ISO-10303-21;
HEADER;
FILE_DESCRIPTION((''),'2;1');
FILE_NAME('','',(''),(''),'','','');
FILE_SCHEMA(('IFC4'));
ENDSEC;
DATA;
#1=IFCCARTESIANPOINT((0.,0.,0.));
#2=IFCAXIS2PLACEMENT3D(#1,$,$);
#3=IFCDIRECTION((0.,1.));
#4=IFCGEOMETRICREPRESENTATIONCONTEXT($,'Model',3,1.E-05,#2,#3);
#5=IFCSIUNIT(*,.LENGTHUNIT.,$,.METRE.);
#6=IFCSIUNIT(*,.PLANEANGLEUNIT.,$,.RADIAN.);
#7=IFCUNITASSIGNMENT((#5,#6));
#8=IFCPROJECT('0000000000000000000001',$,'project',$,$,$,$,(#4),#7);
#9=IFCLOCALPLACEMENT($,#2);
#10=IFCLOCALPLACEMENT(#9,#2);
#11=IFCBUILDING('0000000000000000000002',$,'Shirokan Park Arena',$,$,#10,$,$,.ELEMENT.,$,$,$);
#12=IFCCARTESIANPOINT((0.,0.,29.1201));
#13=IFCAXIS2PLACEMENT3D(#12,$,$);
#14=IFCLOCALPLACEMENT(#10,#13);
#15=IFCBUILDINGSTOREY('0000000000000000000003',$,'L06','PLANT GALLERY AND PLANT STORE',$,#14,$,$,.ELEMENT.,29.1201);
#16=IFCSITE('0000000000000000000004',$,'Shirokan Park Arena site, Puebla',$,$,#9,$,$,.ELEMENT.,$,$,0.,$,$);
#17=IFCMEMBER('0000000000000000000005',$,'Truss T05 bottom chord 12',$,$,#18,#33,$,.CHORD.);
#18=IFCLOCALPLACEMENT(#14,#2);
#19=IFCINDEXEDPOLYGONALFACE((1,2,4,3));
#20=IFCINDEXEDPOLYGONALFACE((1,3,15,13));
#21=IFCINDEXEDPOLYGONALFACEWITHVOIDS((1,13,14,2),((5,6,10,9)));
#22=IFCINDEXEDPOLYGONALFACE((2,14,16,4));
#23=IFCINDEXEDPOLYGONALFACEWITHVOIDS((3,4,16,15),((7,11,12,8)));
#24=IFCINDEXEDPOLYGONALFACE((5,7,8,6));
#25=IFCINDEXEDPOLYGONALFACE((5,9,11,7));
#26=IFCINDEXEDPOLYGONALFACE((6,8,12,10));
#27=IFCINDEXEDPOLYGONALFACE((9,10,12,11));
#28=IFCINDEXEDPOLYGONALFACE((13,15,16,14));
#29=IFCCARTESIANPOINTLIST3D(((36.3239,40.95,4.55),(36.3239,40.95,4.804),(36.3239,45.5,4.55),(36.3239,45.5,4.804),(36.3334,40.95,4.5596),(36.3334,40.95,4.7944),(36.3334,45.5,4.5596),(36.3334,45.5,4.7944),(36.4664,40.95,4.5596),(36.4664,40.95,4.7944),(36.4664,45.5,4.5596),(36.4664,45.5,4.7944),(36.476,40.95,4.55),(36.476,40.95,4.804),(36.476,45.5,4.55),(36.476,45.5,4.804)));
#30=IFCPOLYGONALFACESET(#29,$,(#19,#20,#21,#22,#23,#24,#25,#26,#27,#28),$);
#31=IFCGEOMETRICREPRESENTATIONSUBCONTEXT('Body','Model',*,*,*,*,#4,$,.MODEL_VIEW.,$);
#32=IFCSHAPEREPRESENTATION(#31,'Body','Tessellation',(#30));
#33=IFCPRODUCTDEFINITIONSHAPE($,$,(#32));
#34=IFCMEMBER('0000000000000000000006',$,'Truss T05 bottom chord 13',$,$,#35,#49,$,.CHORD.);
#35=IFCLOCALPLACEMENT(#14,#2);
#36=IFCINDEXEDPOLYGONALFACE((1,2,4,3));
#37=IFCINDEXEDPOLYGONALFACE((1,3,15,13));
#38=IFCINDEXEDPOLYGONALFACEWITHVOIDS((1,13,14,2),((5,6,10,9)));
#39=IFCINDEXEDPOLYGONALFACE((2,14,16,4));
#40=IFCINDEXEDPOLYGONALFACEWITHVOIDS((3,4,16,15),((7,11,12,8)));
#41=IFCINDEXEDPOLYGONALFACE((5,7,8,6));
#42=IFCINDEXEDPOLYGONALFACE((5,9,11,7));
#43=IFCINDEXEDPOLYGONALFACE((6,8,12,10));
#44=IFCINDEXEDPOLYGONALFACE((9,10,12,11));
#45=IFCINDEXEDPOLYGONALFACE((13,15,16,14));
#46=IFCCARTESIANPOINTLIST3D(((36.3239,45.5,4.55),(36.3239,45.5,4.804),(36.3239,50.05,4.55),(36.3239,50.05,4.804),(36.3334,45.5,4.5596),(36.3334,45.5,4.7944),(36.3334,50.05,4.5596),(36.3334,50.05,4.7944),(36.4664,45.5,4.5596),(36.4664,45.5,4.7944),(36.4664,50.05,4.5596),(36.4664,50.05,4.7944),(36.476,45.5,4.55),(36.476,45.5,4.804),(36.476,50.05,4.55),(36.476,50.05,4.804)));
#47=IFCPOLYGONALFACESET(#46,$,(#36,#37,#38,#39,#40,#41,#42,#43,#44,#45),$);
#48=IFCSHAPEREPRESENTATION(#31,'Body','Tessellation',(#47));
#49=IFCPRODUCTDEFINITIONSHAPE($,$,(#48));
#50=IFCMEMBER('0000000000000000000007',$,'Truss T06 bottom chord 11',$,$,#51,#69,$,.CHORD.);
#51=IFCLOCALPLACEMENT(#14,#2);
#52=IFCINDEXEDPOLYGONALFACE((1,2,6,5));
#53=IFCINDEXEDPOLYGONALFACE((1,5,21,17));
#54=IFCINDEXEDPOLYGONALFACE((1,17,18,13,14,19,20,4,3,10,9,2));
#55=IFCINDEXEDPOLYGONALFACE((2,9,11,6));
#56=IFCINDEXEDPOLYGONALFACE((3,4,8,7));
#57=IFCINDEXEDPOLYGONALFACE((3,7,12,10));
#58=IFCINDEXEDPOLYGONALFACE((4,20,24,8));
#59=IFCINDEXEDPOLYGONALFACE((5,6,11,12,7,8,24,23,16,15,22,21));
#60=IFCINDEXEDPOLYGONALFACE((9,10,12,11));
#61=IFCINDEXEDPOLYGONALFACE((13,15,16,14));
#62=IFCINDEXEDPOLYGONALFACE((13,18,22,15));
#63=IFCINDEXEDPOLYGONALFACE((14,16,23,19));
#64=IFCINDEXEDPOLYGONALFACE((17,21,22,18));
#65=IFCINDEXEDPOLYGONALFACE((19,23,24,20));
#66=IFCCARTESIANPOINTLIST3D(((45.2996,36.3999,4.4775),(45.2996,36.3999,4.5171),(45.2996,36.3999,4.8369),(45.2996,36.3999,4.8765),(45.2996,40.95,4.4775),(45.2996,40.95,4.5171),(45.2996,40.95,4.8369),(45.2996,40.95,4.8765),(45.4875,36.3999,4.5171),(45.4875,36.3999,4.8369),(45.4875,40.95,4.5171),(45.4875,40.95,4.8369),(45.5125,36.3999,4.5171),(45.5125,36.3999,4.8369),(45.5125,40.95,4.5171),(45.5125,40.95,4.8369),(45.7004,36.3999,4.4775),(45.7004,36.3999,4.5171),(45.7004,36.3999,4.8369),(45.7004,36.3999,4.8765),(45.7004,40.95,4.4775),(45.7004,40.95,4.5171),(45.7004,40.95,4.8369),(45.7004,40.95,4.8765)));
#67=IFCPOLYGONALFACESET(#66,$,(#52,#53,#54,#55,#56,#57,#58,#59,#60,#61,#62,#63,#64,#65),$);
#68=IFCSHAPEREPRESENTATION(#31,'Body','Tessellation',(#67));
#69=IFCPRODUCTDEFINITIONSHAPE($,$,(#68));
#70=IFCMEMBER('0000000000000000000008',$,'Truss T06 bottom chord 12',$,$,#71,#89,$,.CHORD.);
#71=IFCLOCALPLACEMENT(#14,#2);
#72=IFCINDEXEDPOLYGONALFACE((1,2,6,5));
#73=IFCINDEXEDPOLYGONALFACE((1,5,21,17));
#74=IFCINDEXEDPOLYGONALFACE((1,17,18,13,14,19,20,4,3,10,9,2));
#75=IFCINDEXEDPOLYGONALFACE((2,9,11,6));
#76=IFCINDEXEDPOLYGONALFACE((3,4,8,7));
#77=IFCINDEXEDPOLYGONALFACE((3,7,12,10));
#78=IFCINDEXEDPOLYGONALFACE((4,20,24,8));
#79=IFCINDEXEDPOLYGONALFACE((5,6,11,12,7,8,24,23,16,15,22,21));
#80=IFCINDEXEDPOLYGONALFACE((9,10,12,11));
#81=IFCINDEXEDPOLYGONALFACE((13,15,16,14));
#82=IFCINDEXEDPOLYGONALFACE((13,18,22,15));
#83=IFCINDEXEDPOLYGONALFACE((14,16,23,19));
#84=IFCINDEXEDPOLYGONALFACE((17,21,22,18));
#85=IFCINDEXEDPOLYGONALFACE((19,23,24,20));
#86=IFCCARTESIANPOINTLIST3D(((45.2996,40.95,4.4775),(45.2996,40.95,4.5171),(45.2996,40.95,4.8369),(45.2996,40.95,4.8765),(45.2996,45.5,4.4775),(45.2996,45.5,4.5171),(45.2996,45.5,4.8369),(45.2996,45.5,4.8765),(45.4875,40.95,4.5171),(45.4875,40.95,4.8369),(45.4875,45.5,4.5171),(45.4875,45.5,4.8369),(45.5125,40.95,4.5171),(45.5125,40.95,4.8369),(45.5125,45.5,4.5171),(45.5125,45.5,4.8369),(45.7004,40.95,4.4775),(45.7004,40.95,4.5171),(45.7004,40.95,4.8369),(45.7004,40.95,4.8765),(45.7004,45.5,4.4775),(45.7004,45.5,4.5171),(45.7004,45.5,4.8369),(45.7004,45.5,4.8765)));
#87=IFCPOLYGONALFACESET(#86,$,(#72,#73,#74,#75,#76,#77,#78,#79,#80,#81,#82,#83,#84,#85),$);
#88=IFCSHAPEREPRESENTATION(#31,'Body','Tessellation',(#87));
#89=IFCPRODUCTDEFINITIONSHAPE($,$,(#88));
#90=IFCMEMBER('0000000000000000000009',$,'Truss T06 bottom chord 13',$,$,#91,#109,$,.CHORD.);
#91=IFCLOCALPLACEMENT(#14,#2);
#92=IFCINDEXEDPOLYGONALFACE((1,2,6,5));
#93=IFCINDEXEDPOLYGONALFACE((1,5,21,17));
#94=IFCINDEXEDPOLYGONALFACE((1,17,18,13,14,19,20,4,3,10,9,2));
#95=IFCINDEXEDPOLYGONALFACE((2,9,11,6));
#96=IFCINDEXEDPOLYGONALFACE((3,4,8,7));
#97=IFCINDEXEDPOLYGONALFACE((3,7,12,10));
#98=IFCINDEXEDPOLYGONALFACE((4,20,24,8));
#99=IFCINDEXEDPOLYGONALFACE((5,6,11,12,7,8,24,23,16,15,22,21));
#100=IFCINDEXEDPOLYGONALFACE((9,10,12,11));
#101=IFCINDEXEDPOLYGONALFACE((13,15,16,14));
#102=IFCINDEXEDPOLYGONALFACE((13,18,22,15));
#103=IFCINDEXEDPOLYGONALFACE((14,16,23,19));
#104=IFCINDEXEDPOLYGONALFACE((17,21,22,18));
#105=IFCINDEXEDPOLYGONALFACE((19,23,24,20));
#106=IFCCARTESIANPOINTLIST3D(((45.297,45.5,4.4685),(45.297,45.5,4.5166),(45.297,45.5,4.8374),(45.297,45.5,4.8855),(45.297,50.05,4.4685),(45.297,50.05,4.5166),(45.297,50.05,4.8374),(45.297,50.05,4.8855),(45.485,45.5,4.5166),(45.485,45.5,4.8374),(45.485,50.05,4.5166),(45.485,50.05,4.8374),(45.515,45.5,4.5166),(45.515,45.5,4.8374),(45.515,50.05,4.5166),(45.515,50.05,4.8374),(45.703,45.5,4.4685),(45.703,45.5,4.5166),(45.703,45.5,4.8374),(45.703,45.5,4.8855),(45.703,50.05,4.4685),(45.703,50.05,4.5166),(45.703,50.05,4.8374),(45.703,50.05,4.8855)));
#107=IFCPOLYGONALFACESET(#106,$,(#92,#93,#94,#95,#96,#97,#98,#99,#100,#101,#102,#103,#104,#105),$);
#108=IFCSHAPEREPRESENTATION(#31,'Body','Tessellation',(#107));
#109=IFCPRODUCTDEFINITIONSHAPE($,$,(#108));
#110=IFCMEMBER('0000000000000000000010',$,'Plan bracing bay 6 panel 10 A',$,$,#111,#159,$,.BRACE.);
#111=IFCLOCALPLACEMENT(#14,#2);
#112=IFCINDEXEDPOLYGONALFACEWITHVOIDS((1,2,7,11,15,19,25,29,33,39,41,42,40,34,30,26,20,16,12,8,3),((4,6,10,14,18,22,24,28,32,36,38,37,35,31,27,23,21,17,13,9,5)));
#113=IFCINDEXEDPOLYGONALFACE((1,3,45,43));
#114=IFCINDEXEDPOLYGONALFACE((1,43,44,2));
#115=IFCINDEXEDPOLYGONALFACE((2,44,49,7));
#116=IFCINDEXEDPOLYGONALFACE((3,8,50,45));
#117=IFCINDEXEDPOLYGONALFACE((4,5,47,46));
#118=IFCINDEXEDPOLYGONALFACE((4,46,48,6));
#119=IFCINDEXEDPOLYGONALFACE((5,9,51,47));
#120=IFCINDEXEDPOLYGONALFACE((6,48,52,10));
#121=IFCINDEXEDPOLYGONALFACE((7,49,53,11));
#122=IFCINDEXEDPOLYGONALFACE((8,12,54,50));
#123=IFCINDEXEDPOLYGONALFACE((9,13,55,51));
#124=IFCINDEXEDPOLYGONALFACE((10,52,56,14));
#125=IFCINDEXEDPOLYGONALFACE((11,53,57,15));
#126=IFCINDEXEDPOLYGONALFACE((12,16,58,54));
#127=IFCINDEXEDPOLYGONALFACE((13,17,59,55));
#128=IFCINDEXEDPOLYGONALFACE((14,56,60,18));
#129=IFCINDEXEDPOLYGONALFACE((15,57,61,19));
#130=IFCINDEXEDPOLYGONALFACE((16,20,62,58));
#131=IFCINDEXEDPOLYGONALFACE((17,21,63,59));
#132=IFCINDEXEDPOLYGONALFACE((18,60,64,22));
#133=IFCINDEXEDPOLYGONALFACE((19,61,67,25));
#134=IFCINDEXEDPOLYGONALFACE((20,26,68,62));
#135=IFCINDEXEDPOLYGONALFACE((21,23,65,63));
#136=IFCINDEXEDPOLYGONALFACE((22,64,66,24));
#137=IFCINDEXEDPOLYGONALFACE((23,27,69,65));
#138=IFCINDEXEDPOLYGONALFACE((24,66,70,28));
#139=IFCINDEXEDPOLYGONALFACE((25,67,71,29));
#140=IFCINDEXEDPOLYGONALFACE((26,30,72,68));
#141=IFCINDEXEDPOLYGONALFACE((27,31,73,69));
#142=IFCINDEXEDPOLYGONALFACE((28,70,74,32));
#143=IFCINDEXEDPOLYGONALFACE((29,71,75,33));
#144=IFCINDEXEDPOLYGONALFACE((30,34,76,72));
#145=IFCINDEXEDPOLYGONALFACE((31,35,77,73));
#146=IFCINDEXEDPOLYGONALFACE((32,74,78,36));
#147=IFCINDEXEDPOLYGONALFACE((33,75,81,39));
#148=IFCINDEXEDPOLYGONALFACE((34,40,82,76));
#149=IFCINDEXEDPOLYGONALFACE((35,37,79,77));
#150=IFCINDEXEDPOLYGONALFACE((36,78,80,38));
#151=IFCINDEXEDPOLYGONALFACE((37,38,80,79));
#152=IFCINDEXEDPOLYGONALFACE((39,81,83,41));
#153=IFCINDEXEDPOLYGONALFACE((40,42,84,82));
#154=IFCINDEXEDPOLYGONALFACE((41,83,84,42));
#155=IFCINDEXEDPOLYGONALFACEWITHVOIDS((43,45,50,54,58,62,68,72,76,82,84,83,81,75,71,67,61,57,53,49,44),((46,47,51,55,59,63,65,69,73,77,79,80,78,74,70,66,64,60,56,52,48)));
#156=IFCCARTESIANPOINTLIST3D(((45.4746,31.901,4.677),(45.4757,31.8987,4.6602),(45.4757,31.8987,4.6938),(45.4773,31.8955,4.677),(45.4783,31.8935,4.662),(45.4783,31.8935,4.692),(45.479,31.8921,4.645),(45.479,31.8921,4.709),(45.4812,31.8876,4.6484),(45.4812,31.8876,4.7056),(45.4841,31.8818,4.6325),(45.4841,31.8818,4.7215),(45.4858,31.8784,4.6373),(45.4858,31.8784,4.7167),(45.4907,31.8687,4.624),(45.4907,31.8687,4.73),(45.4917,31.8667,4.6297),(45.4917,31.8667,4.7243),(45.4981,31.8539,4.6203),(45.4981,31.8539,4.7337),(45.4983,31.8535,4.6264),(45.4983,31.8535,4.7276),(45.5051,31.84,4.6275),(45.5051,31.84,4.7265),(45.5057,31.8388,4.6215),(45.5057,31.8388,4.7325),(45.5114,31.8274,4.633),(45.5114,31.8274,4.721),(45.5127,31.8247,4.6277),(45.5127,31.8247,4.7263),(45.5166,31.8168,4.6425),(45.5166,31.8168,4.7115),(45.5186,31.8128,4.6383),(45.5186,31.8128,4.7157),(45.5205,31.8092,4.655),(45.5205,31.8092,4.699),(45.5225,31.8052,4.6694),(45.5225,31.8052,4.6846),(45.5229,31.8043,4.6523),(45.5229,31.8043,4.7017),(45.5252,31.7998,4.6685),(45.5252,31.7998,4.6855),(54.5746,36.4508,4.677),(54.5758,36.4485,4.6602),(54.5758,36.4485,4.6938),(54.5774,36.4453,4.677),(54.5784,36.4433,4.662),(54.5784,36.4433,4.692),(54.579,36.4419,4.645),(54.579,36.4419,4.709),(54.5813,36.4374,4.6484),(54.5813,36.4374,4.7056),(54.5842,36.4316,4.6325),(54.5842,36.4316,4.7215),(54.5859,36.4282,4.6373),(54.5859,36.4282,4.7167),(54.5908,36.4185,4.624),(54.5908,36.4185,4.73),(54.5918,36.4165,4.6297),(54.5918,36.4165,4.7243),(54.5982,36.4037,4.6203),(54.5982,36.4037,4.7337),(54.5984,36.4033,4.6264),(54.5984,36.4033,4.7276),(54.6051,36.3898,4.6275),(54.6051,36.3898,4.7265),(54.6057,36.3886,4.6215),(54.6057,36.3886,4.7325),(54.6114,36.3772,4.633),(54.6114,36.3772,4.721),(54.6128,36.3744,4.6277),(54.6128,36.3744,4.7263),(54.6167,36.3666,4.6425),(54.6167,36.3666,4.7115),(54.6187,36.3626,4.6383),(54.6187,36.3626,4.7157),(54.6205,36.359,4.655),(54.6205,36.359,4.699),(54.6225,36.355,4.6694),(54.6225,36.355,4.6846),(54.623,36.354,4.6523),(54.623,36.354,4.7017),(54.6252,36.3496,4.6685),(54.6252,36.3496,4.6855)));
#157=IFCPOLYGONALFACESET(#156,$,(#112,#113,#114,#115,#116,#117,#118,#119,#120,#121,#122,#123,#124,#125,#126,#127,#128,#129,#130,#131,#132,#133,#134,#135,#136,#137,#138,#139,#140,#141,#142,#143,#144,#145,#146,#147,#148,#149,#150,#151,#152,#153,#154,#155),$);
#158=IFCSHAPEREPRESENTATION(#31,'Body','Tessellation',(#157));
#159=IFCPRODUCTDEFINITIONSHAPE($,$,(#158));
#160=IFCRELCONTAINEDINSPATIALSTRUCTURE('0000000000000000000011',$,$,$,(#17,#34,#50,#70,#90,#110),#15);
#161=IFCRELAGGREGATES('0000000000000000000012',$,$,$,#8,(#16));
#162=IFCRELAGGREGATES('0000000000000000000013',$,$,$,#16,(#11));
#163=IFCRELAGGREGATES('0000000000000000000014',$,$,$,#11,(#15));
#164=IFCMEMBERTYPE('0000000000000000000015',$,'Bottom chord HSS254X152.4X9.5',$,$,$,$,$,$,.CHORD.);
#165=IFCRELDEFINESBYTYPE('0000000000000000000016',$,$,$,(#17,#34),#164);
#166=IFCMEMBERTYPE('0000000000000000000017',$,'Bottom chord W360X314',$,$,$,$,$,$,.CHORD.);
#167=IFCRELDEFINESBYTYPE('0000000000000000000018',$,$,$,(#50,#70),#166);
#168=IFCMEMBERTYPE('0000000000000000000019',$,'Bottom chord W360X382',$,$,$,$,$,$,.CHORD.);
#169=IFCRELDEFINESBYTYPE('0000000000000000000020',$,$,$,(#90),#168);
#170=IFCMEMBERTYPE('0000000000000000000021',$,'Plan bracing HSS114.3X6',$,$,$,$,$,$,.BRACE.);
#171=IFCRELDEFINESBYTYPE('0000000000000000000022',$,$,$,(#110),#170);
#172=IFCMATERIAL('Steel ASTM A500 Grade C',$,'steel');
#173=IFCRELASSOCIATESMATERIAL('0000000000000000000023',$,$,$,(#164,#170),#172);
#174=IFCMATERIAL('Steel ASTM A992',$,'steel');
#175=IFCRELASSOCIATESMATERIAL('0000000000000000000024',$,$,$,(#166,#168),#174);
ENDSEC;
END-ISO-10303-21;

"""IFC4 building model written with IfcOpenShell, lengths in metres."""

from ifc_helpers import new_model, si_unit, direction, frame, origin, origin_2d, place, context, subcontext, project, spatial, hollow_rectangle, hollow_circle, i_section, extrude, material, material_profile, profile_set, type_object, element, save


model = new_model("IFC4")

# Units and contexts
model_context = context("Model", 3, precision=1e-05, world=origin(), true_north=direction((0.0, 1.0)))
body_context = subcontext(model_context, "Body", "Model", "MODEL_VIEW")
ifc_project = project(units=[si_unit("LENGTHUNIT", "METRE"), si_unit("PLANEANGLEUNIT", "RADIAN")], contexts=[model_context])

# Site, building, storey
site_placement = place(None, origin())
site = spatial("IfcSite", under=ifc_project, at=site_placement, Name="Shirokan Park Arena site, Puebla", CompositionType="ELEMENT", RefElevation=0.0)
building_placement = place(site_placement, origin())
building = spatial("IfcBuilding", under=site, at=building_placement, Name="Shirokan Park Arena", CompositionType="ELEMENT")
storey_placement = place(building_placement, frame((0.0, 0.0, 29.1201)))
storey = spatial("IfcBuildingStorey", under=building, at=storey_placement, Name="L06", Description="PLANT GALLERY AND PLANT STORE", CompositionType="ELEMENT", Elevation=29.1201)

# Members
ifc_material_1 = material(Name="Steel ASTM A500 Grade C", Category="steel")
ifc_material_profile_1 = material_profile(ifc_material_1, hollow_rectangle(XDim=0.1521, YDim=0.2539, WallThickness=0.0095, at=origin_2d()), Name="HSS254X152.4X9.5")
ifc_profile_set_1 = profile_set([ifc_material_profile_1], Name="Steel ASTM A500 Grade C")
member_type_1 = type_object("IfcMemberType", Name="Bottom chord HSS254X152.4X9.5", PredefinedType="CHORD", material=ifc_profile_set_1)
for number, where, z_axis, x_axis, name in (
    (1, (36.3999, 40.95, 4.677), (0.0, 1.0, 0.0), (-1.0, 0.0, 0.0), "Truss T05 bottom chord 12"),
    (2, (36.3999, 45.5, 4.677), (0.0, 1.0, 0.0), (-1.0, 0.0, 0.0), "Truss T05 bottom chord 13"),
):
    element("IfcMember", number, at=place(storey_placement, frame(where, z_axis=z_axis, x_axis=x_axis)), inside=storey, type_object=member_type_1, Name=name, PredefinedType="CHORD", context=body_context, shape_type="SweptSolid", body=[
        extrude(hollow_rectangle(XDim=0.1521, YDim=0.2539, WallThickness=0.0095, at=origin_2d()), origin(), (0.0, 0.0, 1.0), 4.55),
    ])
ifc_material_2 = material(Name="Steel ASTM A992", Category="steel")
ifc_material_profile_2 = material_profile(ifc_material_2, i_section(OverallWidth=0.4009, OverallDepth=0.3989, WebThickness=0.0249, FlangeThickness=0.0396, at=origin_2d()), Name="W360X314")
ifc_profile_set_2 = profile_set([ifc_material_profile_2], Name="Steel ASTM A992")
member_type_2 = type_object("IfcMemberType", Name="Bottom chord W360X314", PredefinedType="CHORD", material=ifc_profile_set_2)
for number, where, z_axis, x_axis, name in (
    (3, (45.5, 36.3999, 4.677), (0.0, 1.0, 0.0), (-1.0, 0.0, 0.0), "Truss T06 bottom chord 11"),
    (4, (45.5, 40.95, 4.677), (0.0, 1.0, 0.0), (-1.0, 0.0, 0.0), "Truss T06 bottom chord 12"),
):
    element("IfcMember", number, at=place(storey_placement, frame(where, z_axis=z_axis, x_axis=x_axis)), inside=storey, type_object=member_type_2, Name=name, PredefinedType="CHORD", context=body_context, shape_type="SweptSolid", body=[
        extrude(i_section(OverallWidth=0.4009, OverallDepth=0.3989, WebThickness=0.0249, FlangeThickness=0.0396, at=origin_2d()), origin(), (0.0, 0.0, 1.0), 4.55),
    ])
ifc_material_profile_3 = material_profile(ifc_material_2, i_section(OverallWidth=0.406, OverallDepth=0.417, WebThickness=0.03, FlangeThickness=0.0481, at=origin_2d()), Name="W360X382")
ifc_profile_set_3 = profile_set([ifc_material_profile_3], Name="Steel ASTM A992")
member_type_3 = type_object("IfcMemberType", Name="Bottom chord W360X382", PredefinedType="CHORD", material=ifc_profile_set_3)
member_1_placement = place(storey_placement, frame((45.5, 45.5, 4.677), z_axis=(0.0, 1.0, 0.0), x_axis=(-1.0, 0.0, 0.0)))
element("IfcMember", 5, at=member_1_placement, inside=storey, type_object=member_type_3, Name="Truss T06 bottom chord 13", PredefinedType="CHORD", context=body_context, shape_type="SweptSolid", body=[
    extrude(i_section(OverallWidth=0.406, OverallDepth=0.417, WebThickness=0.03, FlangeThickness=0.0481, at=origin_2d()), origin(), (0.0, 0.0, 1.0), 4.55),
])
ifc_material_profile_4 = material_profile(ifc_material_1, hollow_circle(Radius=0.0569, WallThickness=0.0061, at=origin_2d()), Name="HSS114.3X6")
ifc_profile_set_4 = profile_set([ifc_material_profile_4], Name="Steel ASTM A500 Grade C")
member_type_4 = type_object("IfcMemberType", Name="Plan bracing HSS114.3X6", PredefinedType="BRACE", material=ifc_profile_set_4)
member_2_placement = place(storey_placement, frame((45.5, 31.8501, 4.677), z_axis=(0.894437, 0.447194, 0.0), x_axis=(-0.447194, 0.894437, 0.0)))
element("IfcMember", 6, at=member_2_placement, inside=storey, type_object=member_type_4, Name="Plan bracing bay 6 panel 10 A", PredefinedType="BRACE", context=body_context, shape_type="SweptSolid", body=[
    extrude(hollow_circle(Radius=0.0569, WallThickness=0.0061, at=origin_2d()), origin(), (0.0, 0.0, 1.0), 10.1741),
])

save(model, "model.ifc")
